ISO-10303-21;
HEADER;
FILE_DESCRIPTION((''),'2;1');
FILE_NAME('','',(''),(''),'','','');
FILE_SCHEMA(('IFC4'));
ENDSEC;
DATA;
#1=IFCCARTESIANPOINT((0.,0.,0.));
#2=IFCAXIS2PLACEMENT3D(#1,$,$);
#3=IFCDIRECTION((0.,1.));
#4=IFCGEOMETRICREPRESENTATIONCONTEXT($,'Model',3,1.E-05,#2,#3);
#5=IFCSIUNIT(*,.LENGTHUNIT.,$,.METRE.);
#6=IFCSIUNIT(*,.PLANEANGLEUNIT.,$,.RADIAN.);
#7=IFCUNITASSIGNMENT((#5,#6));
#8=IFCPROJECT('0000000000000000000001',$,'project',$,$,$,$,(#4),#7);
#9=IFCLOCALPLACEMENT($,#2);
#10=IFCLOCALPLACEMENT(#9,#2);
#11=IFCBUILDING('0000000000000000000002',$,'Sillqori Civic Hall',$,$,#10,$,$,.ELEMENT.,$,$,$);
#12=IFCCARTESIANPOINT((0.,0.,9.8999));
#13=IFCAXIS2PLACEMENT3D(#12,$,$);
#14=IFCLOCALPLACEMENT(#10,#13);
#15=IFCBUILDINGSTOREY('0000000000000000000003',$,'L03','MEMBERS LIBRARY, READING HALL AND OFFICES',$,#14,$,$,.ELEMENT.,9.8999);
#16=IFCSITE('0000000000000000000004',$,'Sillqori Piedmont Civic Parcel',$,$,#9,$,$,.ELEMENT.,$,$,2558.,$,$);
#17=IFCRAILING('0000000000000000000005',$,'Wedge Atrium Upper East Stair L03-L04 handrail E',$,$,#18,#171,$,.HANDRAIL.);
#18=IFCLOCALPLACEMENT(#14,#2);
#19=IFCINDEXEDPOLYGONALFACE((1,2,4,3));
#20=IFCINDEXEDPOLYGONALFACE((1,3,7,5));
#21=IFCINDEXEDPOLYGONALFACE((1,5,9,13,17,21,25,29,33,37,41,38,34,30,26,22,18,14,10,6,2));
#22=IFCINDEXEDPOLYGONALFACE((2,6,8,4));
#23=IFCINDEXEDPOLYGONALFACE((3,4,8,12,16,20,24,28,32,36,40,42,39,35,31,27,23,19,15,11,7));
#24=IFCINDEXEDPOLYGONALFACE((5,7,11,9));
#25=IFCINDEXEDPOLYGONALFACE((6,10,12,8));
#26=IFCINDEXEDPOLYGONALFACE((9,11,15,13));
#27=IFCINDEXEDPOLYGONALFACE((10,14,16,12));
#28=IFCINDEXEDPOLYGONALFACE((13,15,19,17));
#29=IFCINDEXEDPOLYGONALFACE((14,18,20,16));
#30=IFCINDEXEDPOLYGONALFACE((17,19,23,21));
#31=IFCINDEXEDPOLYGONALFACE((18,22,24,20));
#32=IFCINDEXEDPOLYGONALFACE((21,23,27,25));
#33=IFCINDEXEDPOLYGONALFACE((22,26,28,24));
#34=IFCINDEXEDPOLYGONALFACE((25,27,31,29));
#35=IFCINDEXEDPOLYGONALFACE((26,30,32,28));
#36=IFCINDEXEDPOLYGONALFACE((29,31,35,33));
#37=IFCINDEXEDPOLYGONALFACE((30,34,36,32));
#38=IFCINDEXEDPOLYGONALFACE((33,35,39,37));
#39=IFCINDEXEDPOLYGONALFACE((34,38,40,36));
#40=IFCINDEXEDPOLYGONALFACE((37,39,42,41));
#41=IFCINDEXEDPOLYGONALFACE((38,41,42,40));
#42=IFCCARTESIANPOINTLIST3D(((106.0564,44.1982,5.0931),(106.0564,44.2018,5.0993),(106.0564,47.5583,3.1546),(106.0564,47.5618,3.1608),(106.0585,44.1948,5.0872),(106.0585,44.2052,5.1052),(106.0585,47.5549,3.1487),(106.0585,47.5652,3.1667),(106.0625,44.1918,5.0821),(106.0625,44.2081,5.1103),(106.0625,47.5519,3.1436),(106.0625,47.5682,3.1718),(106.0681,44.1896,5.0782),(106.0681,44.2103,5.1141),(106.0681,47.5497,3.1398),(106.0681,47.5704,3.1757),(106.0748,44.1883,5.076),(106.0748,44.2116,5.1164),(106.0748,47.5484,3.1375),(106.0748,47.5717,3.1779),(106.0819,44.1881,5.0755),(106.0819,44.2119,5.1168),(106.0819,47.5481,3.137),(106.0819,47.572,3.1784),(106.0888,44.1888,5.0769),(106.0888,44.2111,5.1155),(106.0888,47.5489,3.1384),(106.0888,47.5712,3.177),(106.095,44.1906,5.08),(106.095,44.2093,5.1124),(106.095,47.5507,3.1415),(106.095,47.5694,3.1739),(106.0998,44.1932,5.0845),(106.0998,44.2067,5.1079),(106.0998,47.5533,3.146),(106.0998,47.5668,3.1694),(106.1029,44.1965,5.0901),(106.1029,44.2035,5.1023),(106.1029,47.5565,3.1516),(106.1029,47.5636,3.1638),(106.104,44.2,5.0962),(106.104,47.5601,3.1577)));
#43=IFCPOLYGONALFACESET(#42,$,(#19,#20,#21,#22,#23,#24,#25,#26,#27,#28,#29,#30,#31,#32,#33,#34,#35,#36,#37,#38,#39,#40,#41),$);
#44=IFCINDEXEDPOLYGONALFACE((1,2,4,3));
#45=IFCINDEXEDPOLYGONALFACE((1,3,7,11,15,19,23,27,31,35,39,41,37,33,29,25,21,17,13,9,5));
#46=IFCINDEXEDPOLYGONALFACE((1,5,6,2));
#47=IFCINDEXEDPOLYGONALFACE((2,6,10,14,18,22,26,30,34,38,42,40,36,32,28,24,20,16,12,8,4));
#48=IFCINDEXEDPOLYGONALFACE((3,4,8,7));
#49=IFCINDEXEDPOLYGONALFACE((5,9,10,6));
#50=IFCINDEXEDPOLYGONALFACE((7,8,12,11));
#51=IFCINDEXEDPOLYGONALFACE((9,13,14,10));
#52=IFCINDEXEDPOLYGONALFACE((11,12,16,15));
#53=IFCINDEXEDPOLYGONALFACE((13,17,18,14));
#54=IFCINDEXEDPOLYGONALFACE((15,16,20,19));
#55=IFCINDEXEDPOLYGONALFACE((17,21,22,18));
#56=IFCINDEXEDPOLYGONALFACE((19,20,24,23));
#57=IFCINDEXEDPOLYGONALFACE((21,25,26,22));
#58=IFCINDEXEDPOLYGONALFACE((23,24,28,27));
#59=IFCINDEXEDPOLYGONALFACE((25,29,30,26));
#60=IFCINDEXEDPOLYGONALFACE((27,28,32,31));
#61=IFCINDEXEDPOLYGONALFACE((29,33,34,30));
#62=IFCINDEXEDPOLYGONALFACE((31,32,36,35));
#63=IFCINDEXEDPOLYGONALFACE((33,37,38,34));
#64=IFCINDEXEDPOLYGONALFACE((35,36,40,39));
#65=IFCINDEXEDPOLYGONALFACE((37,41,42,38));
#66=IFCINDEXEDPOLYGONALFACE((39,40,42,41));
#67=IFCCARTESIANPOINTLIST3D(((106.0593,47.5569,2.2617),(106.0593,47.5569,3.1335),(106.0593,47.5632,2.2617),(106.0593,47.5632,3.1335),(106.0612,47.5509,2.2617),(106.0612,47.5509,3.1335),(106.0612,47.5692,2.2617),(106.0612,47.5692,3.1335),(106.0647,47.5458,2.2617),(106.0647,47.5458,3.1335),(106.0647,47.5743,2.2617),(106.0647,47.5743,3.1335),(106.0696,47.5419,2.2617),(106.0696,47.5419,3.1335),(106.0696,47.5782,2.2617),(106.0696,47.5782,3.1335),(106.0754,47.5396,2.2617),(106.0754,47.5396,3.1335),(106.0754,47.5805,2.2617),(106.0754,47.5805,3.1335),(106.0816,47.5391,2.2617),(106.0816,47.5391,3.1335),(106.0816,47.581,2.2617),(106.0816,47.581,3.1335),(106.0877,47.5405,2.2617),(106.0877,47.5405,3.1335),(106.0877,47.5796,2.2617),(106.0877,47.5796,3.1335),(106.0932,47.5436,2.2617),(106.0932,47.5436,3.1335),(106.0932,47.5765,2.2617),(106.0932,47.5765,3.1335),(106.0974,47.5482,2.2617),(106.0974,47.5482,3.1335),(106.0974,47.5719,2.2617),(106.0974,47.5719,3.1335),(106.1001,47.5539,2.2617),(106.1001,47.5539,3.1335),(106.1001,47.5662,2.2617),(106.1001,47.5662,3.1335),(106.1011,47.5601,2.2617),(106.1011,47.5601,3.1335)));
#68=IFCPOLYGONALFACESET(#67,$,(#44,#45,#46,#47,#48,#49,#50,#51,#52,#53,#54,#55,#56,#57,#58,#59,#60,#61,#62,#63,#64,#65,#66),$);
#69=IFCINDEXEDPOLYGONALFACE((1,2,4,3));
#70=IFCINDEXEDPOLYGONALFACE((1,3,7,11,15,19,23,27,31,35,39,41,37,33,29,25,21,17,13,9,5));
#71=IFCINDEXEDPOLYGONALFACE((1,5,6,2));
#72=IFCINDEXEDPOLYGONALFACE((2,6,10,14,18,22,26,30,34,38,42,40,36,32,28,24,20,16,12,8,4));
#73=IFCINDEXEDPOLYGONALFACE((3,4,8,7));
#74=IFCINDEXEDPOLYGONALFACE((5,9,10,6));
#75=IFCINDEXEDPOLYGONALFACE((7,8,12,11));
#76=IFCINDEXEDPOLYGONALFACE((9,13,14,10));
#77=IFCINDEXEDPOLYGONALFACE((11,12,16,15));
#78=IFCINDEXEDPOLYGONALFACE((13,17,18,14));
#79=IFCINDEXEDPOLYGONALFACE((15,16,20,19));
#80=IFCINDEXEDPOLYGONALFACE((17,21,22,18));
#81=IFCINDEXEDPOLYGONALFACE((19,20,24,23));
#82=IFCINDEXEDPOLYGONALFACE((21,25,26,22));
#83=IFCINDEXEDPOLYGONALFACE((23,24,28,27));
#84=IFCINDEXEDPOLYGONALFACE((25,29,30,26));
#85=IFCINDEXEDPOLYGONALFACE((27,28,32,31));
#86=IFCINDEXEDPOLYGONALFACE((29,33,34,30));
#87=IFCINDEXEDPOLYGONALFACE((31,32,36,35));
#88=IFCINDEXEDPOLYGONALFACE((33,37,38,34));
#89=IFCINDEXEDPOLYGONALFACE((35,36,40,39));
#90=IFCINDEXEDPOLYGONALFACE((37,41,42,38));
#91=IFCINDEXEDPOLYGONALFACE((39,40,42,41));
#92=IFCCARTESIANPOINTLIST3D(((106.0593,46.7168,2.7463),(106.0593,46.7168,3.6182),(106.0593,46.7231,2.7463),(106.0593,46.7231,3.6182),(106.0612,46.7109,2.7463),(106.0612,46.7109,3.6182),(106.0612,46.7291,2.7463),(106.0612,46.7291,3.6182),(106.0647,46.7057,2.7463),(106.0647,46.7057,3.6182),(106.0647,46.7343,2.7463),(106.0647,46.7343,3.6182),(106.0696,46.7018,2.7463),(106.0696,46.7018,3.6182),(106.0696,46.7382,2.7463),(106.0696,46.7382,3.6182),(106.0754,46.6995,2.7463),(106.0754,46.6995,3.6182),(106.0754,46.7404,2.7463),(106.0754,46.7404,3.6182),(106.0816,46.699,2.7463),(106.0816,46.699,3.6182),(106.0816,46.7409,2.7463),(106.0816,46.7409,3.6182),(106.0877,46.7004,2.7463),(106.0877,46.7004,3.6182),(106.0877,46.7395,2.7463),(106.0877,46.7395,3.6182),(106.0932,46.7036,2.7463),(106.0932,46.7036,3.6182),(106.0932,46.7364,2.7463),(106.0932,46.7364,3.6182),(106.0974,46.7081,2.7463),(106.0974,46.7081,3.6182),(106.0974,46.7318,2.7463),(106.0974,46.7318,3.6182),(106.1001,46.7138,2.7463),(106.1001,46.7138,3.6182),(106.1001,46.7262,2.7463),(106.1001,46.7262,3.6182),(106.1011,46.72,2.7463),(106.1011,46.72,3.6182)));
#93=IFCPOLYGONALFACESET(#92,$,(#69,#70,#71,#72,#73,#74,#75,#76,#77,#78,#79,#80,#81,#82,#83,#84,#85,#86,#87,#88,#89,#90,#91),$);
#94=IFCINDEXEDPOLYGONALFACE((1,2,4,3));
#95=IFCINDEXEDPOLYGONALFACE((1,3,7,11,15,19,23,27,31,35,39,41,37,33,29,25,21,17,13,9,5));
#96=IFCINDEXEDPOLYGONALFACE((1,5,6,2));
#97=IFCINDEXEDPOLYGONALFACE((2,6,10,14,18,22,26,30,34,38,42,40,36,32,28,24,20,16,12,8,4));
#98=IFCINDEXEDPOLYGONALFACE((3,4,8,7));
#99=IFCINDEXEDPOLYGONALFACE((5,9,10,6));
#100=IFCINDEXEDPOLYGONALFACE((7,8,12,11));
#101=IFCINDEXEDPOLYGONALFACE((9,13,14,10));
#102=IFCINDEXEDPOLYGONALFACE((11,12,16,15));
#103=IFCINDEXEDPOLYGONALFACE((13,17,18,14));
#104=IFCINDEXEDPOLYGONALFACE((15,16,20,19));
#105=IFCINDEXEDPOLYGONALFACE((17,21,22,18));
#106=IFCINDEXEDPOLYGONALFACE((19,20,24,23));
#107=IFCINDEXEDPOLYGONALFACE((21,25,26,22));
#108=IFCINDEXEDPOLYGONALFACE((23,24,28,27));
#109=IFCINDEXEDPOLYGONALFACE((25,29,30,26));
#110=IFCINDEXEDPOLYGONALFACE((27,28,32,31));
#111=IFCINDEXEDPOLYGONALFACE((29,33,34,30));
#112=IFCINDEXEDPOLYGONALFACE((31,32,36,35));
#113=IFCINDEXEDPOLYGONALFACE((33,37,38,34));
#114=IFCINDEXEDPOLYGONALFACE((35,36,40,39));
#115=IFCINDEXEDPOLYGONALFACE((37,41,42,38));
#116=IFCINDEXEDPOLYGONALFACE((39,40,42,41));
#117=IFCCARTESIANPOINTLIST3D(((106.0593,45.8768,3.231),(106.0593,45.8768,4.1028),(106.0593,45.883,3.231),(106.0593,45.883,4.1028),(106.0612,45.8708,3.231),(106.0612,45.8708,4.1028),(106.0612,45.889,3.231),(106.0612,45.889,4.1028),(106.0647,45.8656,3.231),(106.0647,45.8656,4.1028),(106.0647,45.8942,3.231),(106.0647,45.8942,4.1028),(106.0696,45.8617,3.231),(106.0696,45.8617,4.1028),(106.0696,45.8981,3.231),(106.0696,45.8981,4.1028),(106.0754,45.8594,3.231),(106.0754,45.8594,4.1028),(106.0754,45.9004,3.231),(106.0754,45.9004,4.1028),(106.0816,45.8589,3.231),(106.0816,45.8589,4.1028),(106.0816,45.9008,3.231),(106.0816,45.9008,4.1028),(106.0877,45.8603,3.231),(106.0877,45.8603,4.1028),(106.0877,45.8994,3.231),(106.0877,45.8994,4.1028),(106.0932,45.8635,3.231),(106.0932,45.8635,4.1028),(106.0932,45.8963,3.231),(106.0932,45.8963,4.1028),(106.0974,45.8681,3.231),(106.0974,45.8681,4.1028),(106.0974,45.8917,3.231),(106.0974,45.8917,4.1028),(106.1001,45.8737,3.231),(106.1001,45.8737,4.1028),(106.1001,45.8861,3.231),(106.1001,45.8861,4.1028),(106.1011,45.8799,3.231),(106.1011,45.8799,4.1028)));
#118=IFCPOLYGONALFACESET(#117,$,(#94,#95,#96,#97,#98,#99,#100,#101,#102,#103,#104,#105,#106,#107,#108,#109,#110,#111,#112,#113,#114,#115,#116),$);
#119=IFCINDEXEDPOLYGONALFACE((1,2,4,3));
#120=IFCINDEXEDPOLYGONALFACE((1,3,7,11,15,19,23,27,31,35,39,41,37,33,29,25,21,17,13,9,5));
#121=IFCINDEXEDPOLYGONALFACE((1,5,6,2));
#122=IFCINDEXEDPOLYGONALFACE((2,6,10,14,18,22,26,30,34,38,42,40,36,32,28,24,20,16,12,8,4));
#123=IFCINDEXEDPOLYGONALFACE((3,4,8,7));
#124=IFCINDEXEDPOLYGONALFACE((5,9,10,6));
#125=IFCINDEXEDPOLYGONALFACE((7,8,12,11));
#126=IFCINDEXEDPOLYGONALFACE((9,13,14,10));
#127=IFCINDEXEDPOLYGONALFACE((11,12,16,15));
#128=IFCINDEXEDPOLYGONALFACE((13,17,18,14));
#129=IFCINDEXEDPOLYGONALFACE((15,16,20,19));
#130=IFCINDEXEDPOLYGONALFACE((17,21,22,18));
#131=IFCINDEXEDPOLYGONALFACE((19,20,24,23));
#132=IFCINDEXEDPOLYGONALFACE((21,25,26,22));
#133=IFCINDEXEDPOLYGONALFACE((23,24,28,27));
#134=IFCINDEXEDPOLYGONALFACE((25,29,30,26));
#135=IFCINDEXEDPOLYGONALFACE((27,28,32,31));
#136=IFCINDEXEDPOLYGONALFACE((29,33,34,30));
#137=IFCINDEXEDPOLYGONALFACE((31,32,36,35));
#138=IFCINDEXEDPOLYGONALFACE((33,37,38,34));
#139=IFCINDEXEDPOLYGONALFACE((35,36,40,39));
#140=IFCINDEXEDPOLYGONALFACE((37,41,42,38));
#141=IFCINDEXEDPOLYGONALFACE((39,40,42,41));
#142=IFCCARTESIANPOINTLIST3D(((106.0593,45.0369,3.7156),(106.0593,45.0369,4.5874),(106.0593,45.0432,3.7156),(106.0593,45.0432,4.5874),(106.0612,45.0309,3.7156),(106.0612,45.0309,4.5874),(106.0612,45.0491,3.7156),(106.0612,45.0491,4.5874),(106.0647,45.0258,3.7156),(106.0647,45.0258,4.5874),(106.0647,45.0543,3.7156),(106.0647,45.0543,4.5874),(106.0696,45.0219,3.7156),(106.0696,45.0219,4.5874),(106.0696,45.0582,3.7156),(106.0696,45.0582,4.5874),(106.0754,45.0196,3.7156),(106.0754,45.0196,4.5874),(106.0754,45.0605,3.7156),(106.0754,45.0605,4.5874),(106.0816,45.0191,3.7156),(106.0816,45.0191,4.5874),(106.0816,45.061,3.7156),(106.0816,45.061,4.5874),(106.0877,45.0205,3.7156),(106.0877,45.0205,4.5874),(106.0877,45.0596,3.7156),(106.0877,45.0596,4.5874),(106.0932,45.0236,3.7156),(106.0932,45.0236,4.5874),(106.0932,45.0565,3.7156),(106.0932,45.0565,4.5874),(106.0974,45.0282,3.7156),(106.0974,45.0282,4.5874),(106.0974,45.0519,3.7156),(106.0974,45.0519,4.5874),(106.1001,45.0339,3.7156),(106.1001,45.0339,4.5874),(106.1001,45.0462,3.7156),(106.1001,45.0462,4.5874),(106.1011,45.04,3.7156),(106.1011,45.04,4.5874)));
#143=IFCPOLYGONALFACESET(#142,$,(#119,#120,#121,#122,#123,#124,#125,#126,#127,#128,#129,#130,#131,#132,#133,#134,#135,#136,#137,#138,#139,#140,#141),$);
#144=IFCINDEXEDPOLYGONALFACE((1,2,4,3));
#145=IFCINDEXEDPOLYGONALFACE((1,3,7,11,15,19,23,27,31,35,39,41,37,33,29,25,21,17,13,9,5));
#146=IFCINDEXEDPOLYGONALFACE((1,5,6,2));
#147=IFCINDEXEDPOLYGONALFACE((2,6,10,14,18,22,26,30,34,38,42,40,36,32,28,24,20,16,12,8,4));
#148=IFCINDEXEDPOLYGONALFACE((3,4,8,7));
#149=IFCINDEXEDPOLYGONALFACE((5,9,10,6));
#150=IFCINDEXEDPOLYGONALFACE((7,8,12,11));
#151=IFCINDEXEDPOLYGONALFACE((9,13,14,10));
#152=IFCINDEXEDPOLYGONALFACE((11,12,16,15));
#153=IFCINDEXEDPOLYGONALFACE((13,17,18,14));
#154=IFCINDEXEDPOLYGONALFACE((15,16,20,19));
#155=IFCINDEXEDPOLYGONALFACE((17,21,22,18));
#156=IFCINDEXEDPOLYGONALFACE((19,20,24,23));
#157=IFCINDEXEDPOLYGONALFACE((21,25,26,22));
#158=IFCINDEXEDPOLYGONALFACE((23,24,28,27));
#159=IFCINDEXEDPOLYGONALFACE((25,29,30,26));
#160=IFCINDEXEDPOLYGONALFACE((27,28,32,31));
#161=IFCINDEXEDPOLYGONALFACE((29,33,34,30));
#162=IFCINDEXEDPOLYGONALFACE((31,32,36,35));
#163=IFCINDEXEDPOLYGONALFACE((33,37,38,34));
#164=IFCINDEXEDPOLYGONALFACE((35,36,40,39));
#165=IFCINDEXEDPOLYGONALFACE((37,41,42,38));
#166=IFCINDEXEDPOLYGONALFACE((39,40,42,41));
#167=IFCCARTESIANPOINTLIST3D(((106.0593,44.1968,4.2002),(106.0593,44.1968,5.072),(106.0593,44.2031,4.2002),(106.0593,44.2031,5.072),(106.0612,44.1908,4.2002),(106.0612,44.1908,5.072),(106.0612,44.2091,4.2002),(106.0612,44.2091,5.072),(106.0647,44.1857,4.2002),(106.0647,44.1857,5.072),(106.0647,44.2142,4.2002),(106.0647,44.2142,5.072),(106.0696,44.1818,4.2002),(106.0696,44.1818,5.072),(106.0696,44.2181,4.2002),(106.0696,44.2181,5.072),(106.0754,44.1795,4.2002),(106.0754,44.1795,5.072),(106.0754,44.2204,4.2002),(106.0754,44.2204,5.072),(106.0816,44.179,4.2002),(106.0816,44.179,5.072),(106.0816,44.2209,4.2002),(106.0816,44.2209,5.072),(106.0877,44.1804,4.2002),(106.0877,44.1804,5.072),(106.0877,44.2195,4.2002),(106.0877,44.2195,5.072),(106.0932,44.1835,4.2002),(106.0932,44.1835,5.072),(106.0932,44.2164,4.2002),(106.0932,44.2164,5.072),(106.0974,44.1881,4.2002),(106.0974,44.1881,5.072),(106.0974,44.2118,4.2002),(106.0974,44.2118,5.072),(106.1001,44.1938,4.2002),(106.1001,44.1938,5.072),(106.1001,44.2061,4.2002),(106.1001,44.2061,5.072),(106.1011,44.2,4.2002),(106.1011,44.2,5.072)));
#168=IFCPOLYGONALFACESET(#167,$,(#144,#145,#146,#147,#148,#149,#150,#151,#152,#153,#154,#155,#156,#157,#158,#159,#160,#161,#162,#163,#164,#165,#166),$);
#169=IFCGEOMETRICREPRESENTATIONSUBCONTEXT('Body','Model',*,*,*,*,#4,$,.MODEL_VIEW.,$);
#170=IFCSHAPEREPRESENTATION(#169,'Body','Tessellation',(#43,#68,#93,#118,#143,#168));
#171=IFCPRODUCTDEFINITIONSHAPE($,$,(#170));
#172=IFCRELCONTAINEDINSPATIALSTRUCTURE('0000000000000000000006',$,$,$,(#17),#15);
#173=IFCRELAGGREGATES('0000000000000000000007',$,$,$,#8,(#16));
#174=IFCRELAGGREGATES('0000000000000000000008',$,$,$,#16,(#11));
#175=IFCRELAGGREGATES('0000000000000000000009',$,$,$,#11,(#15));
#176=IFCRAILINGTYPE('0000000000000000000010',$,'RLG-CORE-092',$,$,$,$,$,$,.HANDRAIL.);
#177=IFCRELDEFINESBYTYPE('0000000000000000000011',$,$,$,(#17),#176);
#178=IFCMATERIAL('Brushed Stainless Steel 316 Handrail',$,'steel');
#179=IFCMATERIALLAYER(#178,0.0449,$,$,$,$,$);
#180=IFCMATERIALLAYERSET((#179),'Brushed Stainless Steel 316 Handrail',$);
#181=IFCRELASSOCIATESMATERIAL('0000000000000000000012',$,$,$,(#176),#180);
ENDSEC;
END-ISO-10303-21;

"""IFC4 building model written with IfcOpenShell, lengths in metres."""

from ifc_helpers import new_model, si_unit, direction, frame, origin, origin_2d, place, context, subcontext, project, spatial, circle, extrude, material, layer, layer_set, type_object, element, save


model = new_model("IFC4")

# Units and contexts
model_context = context("Model", 3, precision=1e-05, world=origin(), true_north=direction((0.0, 1.0)))
body_context = subcontext(model_context, "Body", "Model", "MODEL_VIEW")
ifc_project = project(units=[si_unit("LENGTHUNIT", "METRE"), si_unit("PLANEANGLEUNIT", "RADIAN")], contexts=[model_context])

# Site, building, storey
site_placement = place(None, origin())
site = spatial("IfcSite", under=ifc_project, at=site_placement, Name="Sillqori Piedmont Civic Parcel", CompositionType="ELEMENT", RefElevation=2558.0)
building_placement = place(site_placement, origin())
building = spatial("IfcBuilding", under=site, at=building_placement, Name="Sillqori Civic Hall", CompositionType="ELEMENT")
storey_placement = place(building_placement, frame((0.0, 0.0, 9.8999)))
storey = spatial("IfcBuildingStorey", under=building, at=storey_placement, Name="L03", Description="MEMBERS LIBRARY, READING HALL AND OFFICES", CompositionType="ELEMENT", Elevation=9.8999)

# Railing
ifc_material_1 = material(Name="Brushed Stainless Steel 316 Handrail", Category="steel")
ifc_layer_1 = layer(ifc_material_1, 0.0449)
ifc_layer_set_1 = layer_set([ifc_layer_1], Name="Brushed Stainless Steel 316 Handrail")
railing_type_1 = type_object("IfcRailingType", Name="RLG-CORE-092", PredefinedType="HANDRAIL", material=ifc_layer_set_1)
railing_1_placement = place(storey_placement, frame((106.0801, 47.5601, 2.2617)))
element("IfcRailing", 1, at=railing_1_placement, inside=storey, type_object=railing_type_1, Name="Wedge Atrium Upper East Stair L03-L04 handrail E", PredefinedType="HANDRAIL", context=body_context, shape_type="SweptSolid", body=[
    extrude(circle(Radius=0.0239, at=origin_2d()), frame((0.0, 0.0, 0.896), z_axis=(0.0, -0.866191, 0.499713), x_axis=(1.0, 0.0, 0.0)), (0.0, 0.0, 1.0), 3.8792),
    extrude(circle(Radius=0.021, at=origin_2d()), origin(), (0.0, 0.0, 1.0), 0.8718),
    extrude(circle(Radius=0.021, at=origin_2d()), frame((0.0, -0.8401, 0.4846)), (0.0, 0.0, 1.0), 0.8718),
    extrude(circle(Radius=0.021, at=origin_2d()), frame((0.0, -1.6802, 0.9692)), (0.0, 0.0, 1.0), 0.8718),
    extrude(circle(Radius=0.021, at=origin_2d()), frame((0.0, -2.52, 1.4539)), (0.0, 0.0, 1.0), 0.8718),
    extrude(circle(Radius=0.021, at=origin_2d()), frame((0.0, -3.3601, 1.9385)), (0.0, 0.0, 1.0), 0.8718),
])

save(model, "model.ifc")
